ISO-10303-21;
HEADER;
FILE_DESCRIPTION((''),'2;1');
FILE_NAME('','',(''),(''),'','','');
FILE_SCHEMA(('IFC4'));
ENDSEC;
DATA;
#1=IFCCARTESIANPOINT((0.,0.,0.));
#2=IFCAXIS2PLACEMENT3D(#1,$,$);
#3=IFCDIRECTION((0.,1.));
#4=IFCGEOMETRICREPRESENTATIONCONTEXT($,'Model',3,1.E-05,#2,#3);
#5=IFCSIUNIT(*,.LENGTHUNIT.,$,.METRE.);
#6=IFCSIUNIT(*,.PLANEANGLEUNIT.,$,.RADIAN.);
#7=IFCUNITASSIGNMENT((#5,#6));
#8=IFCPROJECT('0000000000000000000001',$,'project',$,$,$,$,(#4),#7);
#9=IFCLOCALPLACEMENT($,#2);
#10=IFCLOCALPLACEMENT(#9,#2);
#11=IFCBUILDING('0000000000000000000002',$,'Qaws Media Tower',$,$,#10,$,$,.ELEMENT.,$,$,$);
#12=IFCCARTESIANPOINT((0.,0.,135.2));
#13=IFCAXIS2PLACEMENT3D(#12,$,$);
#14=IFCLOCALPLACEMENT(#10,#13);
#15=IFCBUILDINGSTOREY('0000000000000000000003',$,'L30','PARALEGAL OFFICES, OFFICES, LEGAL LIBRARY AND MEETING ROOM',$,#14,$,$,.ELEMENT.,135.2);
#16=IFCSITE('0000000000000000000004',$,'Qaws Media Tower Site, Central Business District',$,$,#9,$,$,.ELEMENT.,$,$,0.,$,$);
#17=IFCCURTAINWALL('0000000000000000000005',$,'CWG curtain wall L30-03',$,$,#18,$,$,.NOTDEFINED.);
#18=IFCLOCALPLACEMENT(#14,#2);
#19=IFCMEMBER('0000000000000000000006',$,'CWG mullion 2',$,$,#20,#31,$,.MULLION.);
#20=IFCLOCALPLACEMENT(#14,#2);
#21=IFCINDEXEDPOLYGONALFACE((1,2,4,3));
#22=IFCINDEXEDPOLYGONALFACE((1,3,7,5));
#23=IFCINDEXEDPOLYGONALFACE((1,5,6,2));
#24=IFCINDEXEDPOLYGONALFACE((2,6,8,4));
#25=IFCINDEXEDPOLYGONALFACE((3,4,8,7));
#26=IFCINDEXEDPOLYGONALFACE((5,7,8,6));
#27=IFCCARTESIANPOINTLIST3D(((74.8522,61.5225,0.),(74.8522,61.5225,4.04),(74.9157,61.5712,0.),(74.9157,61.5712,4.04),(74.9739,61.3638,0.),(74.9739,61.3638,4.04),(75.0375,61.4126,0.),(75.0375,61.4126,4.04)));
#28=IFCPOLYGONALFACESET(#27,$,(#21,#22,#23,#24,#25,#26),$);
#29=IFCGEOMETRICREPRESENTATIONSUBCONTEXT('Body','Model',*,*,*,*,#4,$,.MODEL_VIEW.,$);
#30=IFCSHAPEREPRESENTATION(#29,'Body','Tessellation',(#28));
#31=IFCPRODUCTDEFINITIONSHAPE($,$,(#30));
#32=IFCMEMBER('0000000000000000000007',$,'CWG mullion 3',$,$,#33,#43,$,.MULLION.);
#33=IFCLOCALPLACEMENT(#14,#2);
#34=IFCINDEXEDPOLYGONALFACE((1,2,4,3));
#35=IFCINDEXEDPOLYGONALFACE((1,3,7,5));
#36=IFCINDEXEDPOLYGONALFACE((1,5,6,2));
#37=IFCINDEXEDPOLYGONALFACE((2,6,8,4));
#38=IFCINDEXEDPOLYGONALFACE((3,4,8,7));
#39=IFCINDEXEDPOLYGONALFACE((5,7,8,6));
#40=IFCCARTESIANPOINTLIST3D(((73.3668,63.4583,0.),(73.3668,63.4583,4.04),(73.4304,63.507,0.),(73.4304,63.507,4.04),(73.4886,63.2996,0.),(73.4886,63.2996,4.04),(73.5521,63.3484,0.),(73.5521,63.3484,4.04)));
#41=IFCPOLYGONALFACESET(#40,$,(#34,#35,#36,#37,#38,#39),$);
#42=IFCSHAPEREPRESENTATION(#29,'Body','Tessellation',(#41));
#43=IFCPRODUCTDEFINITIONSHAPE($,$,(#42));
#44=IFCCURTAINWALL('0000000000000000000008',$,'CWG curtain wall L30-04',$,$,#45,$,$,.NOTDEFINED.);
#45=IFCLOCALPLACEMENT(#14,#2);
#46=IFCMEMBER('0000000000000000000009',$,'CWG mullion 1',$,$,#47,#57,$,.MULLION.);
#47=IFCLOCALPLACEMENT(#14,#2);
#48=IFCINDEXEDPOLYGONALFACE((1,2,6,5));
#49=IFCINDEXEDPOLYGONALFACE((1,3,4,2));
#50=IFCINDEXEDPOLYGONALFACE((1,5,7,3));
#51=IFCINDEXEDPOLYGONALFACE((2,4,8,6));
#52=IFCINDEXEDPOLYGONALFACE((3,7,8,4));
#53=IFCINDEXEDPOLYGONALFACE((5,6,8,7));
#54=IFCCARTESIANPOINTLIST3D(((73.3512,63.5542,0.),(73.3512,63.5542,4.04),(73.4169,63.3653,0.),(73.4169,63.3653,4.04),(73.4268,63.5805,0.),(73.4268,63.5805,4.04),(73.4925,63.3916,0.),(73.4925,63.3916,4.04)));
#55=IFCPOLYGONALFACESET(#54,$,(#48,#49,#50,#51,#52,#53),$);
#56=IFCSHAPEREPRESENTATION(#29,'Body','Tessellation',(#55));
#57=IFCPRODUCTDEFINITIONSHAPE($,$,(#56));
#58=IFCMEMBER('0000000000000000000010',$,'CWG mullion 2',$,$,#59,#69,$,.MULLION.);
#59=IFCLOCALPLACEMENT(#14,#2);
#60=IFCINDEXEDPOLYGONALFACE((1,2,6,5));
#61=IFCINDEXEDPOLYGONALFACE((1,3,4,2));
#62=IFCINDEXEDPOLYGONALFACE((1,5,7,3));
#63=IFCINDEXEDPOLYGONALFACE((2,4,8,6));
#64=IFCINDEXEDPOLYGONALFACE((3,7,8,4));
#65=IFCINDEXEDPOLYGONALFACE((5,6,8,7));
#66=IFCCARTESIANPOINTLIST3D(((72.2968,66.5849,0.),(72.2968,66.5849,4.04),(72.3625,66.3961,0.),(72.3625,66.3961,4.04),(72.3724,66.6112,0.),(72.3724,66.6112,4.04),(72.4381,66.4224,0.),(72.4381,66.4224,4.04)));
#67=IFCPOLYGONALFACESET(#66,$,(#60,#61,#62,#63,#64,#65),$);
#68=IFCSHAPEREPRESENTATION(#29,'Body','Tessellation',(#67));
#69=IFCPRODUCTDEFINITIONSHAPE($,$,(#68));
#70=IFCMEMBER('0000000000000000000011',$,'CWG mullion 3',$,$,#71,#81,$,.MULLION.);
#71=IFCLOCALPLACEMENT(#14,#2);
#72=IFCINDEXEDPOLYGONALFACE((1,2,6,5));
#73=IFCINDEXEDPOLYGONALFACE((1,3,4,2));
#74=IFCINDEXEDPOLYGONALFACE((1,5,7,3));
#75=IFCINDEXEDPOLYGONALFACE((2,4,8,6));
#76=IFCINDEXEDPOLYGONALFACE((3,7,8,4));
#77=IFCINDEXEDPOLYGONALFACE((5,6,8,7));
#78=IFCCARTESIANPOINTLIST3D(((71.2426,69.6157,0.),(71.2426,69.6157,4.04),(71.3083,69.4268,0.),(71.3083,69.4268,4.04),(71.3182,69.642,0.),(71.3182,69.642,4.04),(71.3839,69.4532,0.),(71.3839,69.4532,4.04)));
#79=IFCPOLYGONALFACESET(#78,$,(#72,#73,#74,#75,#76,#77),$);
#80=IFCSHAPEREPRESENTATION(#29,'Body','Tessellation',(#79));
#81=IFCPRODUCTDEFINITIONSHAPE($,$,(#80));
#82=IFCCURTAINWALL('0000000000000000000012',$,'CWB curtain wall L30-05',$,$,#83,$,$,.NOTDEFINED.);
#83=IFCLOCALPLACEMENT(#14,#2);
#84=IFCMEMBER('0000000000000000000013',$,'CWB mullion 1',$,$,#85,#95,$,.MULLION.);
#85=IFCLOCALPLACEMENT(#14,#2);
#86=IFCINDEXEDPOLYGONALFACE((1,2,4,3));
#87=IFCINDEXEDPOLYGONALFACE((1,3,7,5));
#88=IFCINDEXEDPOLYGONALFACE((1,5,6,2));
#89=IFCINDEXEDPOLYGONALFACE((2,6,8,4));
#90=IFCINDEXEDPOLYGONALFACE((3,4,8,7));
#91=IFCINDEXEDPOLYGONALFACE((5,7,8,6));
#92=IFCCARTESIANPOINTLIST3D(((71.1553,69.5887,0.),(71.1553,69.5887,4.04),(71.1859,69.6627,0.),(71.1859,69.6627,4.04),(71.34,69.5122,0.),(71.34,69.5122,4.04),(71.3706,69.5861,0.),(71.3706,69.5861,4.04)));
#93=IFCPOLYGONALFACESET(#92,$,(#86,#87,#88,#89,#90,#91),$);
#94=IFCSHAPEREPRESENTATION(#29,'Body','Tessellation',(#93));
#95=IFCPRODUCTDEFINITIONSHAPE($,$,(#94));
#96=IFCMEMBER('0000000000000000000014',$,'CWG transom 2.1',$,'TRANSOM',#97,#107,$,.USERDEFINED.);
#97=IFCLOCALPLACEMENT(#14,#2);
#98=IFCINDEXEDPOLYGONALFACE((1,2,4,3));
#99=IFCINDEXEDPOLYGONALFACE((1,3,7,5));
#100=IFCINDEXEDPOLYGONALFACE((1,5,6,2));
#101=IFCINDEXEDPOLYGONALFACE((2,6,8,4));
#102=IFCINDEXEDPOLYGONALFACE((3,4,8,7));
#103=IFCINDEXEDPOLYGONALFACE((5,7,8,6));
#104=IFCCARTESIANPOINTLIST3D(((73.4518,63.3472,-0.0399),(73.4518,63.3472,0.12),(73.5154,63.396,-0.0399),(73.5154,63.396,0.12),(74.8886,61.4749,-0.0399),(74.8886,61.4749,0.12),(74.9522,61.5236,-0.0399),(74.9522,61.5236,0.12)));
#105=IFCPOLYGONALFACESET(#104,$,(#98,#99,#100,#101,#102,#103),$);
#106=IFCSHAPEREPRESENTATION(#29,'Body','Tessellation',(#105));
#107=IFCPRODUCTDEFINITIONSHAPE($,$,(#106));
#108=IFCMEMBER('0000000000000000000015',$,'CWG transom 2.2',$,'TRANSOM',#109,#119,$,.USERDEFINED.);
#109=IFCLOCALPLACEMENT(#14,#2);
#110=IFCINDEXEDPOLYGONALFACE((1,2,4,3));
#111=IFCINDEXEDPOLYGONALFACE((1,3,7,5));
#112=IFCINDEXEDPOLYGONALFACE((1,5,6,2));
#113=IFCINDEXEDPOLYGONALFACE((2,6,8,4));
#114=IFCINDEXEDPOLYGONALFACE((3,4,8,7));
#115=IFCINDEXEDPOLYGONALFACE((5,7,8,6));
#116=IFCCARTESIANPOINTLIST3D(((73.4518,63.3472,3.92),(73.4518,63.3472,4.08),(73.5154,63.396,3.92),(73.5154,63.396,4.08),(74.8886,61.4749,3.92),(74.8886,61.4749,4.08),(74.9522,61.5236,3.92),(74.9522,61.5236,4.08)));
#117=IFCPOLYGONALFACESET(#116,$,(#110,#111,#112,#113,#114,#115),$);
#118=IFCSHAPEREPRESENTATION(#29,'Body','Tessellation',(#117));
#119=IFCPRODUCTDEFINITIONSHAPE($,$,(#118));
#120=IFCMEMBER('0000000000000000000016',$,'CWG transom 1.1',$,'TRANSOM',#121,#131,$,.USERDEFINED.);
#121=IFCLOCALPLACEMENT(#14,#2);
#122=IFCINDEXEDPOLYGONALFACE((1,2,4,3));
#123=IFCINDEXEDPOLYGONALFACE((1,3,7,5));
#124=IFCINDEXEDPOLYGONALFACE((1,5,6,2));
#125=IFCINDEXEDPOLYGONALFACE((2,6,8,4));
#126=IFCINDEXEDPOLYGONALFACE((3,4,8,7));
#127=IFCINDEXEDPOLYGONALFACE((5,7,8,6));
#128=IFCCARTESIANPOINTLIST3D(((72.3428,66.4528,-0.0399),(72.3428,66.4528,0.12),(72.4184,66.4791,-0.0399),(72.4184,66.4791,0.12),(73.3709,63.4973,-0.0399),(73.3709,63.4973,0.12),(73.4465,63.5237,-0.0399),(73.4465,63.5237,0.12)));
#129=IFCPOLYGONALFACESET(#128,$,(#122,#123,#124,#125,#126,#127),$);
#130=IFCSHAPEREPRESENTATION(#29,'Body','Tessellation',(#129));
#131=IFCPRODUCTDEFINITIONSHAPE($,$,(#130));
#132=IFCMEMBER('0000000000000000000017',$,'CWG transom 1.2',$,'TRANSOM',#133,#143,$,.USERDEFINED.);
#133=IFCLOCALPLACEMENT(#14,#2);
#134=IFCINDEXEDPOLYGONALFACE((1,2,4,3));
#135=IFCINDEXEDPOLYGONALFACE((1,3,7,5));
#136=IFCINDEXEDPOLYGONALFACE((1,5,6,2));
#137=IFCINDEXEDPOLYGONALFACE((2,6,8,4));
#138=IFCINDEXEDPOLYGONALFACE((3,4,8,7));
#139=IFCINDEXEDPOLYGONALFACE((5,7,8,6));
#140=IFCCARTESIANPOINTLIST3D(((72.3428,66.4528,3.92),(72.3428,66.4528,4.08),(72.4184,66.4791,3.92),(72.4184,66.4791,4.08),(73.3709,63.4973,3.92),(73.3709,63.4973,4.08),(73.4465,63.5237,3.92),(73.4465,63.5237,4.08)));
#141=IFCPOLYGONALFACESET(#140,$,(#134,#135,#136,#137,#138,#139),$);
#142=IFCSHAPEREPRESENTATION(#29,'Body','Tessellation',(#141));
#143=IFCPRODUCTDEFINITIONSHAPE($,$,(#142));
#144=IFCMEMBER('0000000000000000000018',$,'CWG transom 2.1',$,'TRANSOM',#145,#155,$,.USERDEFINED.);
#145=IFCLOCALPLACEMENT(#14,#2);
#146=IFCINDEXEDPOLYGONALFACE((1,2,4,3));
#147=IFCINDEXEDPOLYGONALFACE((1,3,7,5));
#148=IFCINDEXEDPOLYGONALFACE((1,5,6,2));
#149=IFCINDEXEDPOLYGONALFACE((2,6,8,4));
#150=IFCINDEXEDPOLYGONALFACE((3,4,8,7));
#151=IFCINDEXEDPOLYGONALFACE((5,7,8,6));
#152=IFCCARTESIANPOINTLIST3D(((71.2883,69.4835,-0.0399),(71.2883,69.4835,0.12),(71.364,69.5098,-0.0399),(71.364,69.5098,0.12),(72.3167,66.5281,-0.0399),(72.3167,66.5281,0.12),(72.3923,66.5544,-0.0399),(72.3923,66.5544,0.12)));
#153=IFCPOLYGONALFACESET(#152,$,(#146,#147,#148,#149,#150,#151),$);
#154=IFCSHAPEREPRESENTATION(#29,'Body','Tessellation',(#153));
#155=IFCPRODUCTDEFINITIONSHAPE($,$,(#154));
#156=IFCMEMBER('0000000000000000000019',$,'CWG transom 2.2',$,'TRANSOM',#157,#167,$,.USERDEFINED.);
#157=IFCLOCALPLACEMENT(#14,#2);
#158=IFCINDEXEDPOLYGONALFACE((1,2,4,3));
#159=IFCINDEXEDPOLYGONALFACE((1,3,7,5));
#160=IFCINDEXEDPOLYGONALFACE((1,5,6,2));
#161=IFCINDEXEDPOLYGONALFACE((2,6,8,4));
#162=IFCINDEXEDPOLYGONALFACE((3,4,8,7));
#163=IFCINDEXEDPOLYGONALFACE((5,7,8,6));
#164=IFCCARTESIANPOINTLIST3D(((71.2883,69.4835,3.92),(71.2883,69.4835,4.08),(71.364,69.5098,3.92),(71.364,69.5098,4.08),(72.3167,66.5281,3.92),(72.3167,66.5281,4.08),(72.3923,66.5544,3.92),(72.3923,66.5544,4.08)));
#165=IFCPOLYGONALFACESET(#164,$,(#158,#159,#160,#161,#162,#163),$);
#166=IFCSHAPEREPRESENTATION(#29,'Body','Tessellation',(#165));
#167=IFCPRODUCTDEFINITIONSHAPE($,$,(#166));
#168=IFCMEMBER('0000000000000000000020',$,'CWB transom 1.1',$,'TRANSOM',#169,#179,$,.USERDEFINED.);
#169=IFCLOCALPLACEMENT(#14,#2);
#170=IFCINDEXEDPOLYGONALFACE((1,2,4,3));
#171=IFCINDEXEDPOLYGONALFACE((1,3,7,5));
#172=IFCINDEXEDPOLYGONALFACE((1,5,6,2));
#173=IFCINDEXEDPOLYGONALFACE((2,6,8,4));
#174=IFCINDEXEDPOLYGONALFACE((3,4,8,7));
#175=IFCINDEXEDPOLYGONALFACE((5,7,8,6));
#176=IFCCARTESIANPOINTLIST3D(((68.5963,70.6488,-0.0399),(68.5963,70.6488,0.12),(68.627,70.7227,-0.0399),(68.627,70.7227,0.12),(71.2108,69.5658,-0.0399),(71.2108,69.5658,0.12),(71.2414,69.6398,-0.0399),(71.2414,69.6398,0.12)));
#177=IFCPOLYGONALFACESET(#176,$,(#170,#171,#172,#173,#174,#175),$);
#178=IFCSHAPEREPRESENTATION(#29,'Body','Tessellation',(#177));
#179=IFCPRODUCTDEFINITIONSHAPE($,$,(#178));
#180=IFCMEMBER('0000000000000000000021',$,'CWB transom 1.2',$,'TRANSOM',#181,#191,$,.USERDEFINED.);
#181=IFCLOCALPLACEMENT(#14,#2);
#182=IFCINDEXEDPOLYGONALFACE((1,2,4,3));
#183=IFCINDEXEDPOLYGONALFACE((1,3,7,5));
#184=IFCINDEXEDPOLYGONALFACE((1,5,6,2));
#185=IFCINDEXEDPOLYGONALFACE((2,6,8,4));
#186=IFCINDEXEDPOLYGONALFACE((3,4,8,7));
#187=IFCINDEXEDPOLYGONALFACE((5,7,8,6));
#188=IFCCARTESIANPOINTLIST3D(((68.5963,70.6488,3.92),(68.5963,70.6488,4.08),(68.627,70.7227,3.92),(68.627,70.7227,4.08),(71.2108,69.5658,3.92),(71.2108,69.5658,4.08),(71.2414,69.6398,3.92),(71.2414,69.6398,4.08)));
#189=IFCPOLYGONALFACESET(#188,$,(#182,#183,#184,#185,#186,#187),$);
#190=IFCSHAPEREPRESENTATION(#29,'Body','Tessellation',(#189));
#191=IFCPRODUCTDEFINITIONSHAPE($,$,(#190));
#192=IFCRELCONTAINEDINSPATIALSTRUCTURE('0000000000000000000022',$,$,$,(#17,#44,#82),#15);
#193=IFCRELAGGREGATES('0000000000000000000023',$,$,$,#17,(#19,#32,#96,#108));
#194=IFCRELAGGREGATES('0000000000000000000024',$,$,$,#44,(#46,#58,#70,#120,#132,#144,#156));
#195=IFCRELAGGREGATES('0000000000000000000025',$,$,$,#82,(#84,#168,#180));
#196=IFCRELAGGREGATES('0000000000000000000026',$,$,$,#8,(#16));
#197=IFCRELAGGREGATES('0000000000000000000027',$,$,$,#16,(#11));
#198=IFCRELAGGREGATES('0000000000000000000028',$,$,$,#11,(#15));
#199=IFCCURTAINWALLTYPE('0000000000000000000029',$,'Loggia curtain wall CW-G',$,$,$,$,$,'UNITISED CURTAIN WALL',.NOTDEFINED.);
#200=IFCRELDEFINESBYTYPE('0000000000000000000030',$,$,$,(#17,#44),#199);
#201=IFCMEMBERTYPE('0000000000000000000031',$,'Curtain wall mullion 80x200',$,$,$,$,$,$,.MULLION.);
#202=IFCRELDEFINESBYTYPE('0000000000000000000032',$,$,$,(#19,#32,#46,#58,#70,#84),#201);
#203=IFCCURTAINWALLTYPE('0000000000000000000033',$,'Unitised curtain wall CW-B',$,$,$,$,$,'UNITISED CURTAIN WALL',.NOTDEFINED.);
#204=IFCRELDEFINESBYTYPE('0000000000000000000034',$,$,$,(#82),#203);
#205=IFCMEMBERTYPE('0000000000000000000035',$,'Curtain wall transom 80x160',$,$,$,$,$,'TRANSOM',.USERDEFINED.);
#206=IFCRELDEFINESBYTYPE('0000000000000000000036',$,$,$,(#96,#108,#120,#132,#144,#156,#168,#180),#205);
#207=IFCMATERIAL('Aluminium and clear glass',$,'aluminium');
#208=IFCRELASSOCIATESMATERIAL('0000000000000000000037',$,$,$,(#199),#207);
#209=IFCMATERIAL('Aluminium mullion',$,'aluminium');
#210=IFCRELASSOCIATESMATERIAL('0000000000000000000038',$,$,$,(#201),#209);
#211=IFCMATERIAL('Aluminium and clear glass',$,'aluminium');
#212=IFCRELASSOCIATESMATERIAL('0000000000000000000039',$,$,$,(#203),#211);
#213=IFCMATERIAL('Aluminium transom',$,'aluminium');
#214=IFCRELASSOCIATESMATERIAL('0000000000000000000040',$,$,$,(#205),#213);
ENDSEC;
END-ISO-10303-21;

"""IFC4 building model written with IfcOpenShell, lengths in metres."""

from ifc_helpers import new_model, si_unit, direction, frame, origin, origin_2d, place, context, subcontext, project, spatial, rectangle, extrude, material, material_profile, profile_set, type_object, element, aggregate, save


model = new_model("IFC4")

# Units and contexts
model_context = context("Model", 3, precision=1e-05, world=origin(), true_north=direction((0.0, 1.0)))
body_context = subcontext(model_context, "Body", "Model", "MODEL_VIEW")
ifc_project = project(units=[si_unit("LENGTHUNIT", "METRE"), si_unit("PLANEANGLEUNIT", "RADIAN")], contexts=[model_context])

# Site, building, storey
site_placement = place(None, origin())
site = spatial("IfcSite", under=ifc_project, at=site_placement, Name="Qaws Media Tower Site, Central Business District", CompositionType="ELEMENT", RefElevation=0.0)
building_placement = place(site_placement, origin())
building = spatial("IfcBuilding", under=site, at=building_placement, Name="Qaws Media Tower", CompositionType="ELEMENT")
storey_placement = place(building_placement, frame((0.0, 0.0, 135.2)))
storey = spatial("IfcBuildingStorey", under=building, at=storey_placement, Name="L30", Description="PARALEGAL OFFICES, OFFICES, LEGAL LIBRARY AND MEETING ROOM", CompositionType="ELEMENT", Elevation=135.2)

# Curtain walls, members
ifc_material_1 = material(Name="Aluminium and clear glass", Category="aluminium")
curtain_wall_type_1 = type_object("IfcCurtainWallType", Name="Loggia curtain wall CW-G", ElementType="UNITISED CURTAIN WALL", PredefinedType="NOTDEFINED", material=ifc_material_1)
curtain_wall_1_placement = place(storey_placement, origin())
curtain_wall_1 = element("IfcCurtainWall", 1, at=curtain_wall_1_placement, inside=storey, type_object=curtain_wall_type_1, Name="CWG curtain wall L30-03", PredefinedType="NOTDEFINED")
ifc_material_2 = material(Name="Aluminium mullion", Category="aluminium")
ifc_material_profile_1 = material_profile(ifc_material_2, rectangle(XDim=0.0801, YDim=0.2, at=origin_2d()), Name="80x200")
ifc_profile_set_1 = profile_set([ifc_material_profile_1], Name="Aluminium mullion")
member_type_1 = type_object("IfcMemberType", Name="Curtain wall mullion 80x200", PredefinedType="MULLION", material=ifc_profile_set_1)
member_1_placement = place(storey_placement, frame((74.9448, 61.4675, 0.0), z_axis=(0.0, 0.0, 1.0), x_axis=(-0.793353, -0.608761, 0.0)))
member_1 = element("IfcMember", 2, at=member_1_placement, type_object=member_type_1, Name="CWG mullion 2", PredefinedType="MULLION", context=body_context, shape_type="SweptSolid", body=[
    extrude(rectangle(XDim=0.0801, YDim=0.2, at=origin_2d()), origin(), (0.0, 0.0, 1.0), 4.04),
])
member_2_placement = place(storey_placement, frame((73.4595, 63.4033, 0.0), z_axis=(0.0, 0.0, 1.0), x_axis=(-0.793353, -0.608761, 0.0)))
member_2 = element("IfcMember", 3, at=member_2_placement, type_object=member_type_1, Name="CWG mullion 3", PredefinedType="MULLION", context=body_context, shape_type="SweptSolid", body=[
    extrude(rectangle(XDim=0.0801, YDim=0.2, at=origin_2d()), origin(), (0.0, 0.0, 1.0), 4.04),
])
curtain_wall_2_placement = place(storey_placement, origin())
curtain_wall_2 = element("IfcCurtainWall", 4, at=curtain_wall_2_placement, inside=storey, type_object=curtain_wall_type_1, Name="CWG curtain wall L30-04", PredefinedType="NOTDEFINED")
member_3_placement = place(storey_placement, frame((73.4219, 63.4729, 0.0), z_axis=(0.0, 0.0, 1.0), x_axis=(-0.944479, -0.328571, 0.0)))
member_3 = element("IfcMember", 5, at=member_3_placement, type_object=member_type_1, Name="CWG mullion 1", PredefinedType="MULLION", context=body_context, shape_type="SweptSolid", body=[
    extrude(rectangle(XDim=0.0801, YDim=0.2, at=origin_2d()), origin(), (0.0, 0.0, 1.0), 4.04),
])
member_4_placement = place(storey_placement, frame((72.3674, 66.5037, 0.0), z_axis=(0.0, 0.0, 1.0), x_axis=(-0.944479, -0.328571, 0.0)))
member_4 = element("IfcMember", 6, at=member_4_placement, type_object=member_type_1, Name="CWG mullion 2", PredefinedType="MULLION", context=body_context, shape_type="SweptSolid", body=[
    extrude(rectangle(XDim=0.0801, YDim=0.2, at=origin_2d()), origin(), (0.0, 0.0, 1.0), 4.04),
])
member_5_placement = place(storey_placement, frame((71.3132, 69.5344, 0.0), z_axis=(0.0, 0.0, 1.0), x_axis=(-0.944479, -0.328571, 0.0)))
member_5 = element("IfcMember", 7, at=member_5_placement, type_object=member_type_1, Name="CWG mullion 3", PredefinedType="MULLION", context=body_context, shape_type="SweptSolid", body=[
    extrude(rectangle(XDim=0.0801, YDim=0.2, at=origin_2d()), origin(), (0.0, 0.0, 1.0), 4.04),
])

# Curtain wall, member
ifc_material_3 = material(Name="Aluminium and clear glass", Category="aluminium")
curtain_wall_type_2 = type_object("IfcCurtainWallType", Name="Unitised curtain wall CW-B", ElementType="UNITISED CURTAIN WALL", PredefinedType="NOTDEFINED", material=ifc_material_3)
curtain_wall_3_placement = place(storey_placement, origin())
curtain_wall_3 = element("IfcCurtainWall", 8, at=curtain_wall_3_placement, inside=storey, type_object=curtain_wall_type_2, Name="CWB curtain wall L30-05", PredefinedType="NOTDEFINED")
member_6_placement = place(storey_placement, frame((71.2629, 69.5874, 0.0), z_axis=(0.0, 0.0, 1.0), x_axis=(-0.382683, -0.92388, 0.0)))
member_6 = element("IfcMember", 9, at=member_6_placement, type_object=member_type_1, Name="CWB mullion 1", PredefinedType="MULLION", context=body_context, shape_type="SweptSolid", body=[
    extrude(rectangle(XDim=0.0801, YDim=0.2, at=origin_2d()), origin(), (0.0, 0.0, 1.0), 4.04),
])

# Members
ifc_material_4 = material(Name="Aluminium transom", Category="aluminium")
ifc_material_profile_2 = material_profile(ifc_material_4, rectangle(XDim=0.0801, YDim=0.1599, at=origin_2d()), Name="80x160")
ifc_profile_set_2 = profile_set([ifc_material_profile_2], Name="Aluminium transom")
member_type_2 = type_object("IfcMemberType", Name="Curtain wall transom 80x160", ElementType="TRANSOM", PredefinedType="USERDEFINED", material=ifc_profile_set_2)
member_7_placement = place(storey_placement, frame((74.9204, 61.4993, 0.04), z_axis=(-0.608785, 0.793335, 0.0), x_axis=(-0.793335, -0.608785, 0.0)))
member_7 = element("IfcMember", 10, at=member_7_placement, type_object=member_type_2, Name="CWG transom 2.1", ObjectType="TRANSOM", PredefinedType="USERDEFINED", context=body_context, shape_type="SweptSolid", body=[
    extrude(rectangle(XDim=0.0801, YDim=0.1599, at=origin_2d()), origin(), (0.0, 0.0, 1.0), 2.3601),
])
member_8_placement = place(storey_placement, frame((74.9204, 61.4993, 4.0), z_axis=(-0.608785, 0.793335, 0.0), x_axis=(-0.793335, -0.608785, 0.0)))
member_8 = element("IfcMember", 11, at=member_8_placement, type_object=member_type_2, Name="CWG transom 2.2", ObjectType="TRANSOM", PredefinedType="USERDEFINED", context=body_context, shape_type="SweptSolid", body=[
    extrude(rectangle(XDim=0.0801, YDim=0.1599, at=origin_2d()), origin(), (0.0, 0.0, 1.0), 2.3601),
])
member_9_placement = place(storey_placement, frame((73.4087, 63.5105, 0.04), z_axis=(-0.32856, 0.944483, 0.0), x_axis=(-0.944483, -0.32856, 0.0)))
member_9 = element("IfcMember", 12, at=member_9_placement, type_object=member_type_2, Name="CWG transom 1.1", ObjectType="TRANSOM", PredefinedType="USERDEFINED", context=body_context, shape_type="SweptSolid", body=[
    extrude(rectangle(XDim=0.0801, YDim=0.1599, at=origin_2d()), origin(), (0.0, 0.0, 1.0), 3.1292),
])
member_10_placement = place(storey_placement, frame((73.4087, 63.5105, 4.0), z_axis=(-0.32856, 0.944483, 0.0), x_axis=(-0.944483, -0.32856, 0.0)))
member_10 = element("IfcMember", 13, at=member_10_placement, type_object=member_type_2, Name="CWG transom 1.2", ObjectType="TRANSOM", PredefinedType="USERDEFINED", context=body_context, shape_type="SweptSolid", body=[
    extrude(rectangle(XDim=0.0801, YDim=0.1599, at=origin_2d()), origin(), (0.0, 0.0, 1.0), 3.1292),
])
member_11_placement = place(storey_placement, frame((72.3545, 66.5413, 0.04), z_axis=(-0.32863, 0.944459, 0.0), x_axis=(-0.944459, -0.32863, 0.0)))
member_11 = element("IfcMember", 14, at=member_11_placement, type_object=member_type_2, Name="CWG transom 2.1", ObjectType="TRANSOM", PredefinedType="USERDEFINED", context=body_context, shape_type="SweptSolid", body=[
    extrude(rectangle(XDim=0.0801, YDim=0.1599, at=origin_2d()), origin(), (0.0, 0.0, 1.0), 3.1292),
])
member_12_placement = place(storey_placement, frame((72.3545, 66.5413, 4.0), z_axis=(-0.32863, 0.944459, 0.0), x_axis=(-0.944459, -0.32863, 0.0)))
member_12 = element("IfcMember", 15, at=member_12_placement, type_object=member_type_2, Name="CWG transom 2.2", ObjectType="TRANSOM", PredefinedType="USERDEFINED", context=body_context, shape_type="SweptSolid", body=[
    extrude(rectangle(XDim=0.0801, YDim=0.1599, at=origin_2d()), origin(), (0.0, 0.0, 1.0), 3.1292),
])
member_13_placement = place(storey_placement, frame((71.2261, 69.6028, 0.04), z_axis=(-0.923874, 0.382697, 0.0), x_axis=(-0.382697, -0.923874, 0.0)))
member_13 = element("IfcMember", 16, at=member_13_placement, type_object=member_type_2, Name="CWB transom 1.1", ObjectType="TRANSOM", PredefinedType="USERDEFINED", context=body_context, shape_type="SweptSolid", body=[
    extrude(rectangle(XDim=0.0801, YDim=0.1599, at=origin_2d()), origin(), (0.0, 0.0, 1.0), 2.8298),
])
member_14_placement = place(storey_placement, frame((71.2261, 69.6028, 4.0), z_axis=(-0.923874, 0.382697, 0.0), x_axis=(-0.382697, -0.923874, 0.0)))
member_14 = element("IfcMember", 17, at=member_14_placement, type_object=member_type_2, Name="CWB transom 1.2", ObjectType="TRANSOM", PredefinedType="USERDEFINED", context=body_context, shape_type="SweptSolid", body=[
    extrude(rectangle(XDim=0.0801, YDim=0.1599, at=origin_2d()), origin(), (0.0, 0.0, 1.0), 2.8298),
])

aggregate(curtain_wall_1, [member_1, member_2, member_7, member_8])
aggregate(curtain_wall_2, [member_3, member_4, member_5, member_9, member_10, member_11, member_12])
aggregate(curtain_wall_3, [member_6, member_13, member_14])

save(model, "model.ifc")
